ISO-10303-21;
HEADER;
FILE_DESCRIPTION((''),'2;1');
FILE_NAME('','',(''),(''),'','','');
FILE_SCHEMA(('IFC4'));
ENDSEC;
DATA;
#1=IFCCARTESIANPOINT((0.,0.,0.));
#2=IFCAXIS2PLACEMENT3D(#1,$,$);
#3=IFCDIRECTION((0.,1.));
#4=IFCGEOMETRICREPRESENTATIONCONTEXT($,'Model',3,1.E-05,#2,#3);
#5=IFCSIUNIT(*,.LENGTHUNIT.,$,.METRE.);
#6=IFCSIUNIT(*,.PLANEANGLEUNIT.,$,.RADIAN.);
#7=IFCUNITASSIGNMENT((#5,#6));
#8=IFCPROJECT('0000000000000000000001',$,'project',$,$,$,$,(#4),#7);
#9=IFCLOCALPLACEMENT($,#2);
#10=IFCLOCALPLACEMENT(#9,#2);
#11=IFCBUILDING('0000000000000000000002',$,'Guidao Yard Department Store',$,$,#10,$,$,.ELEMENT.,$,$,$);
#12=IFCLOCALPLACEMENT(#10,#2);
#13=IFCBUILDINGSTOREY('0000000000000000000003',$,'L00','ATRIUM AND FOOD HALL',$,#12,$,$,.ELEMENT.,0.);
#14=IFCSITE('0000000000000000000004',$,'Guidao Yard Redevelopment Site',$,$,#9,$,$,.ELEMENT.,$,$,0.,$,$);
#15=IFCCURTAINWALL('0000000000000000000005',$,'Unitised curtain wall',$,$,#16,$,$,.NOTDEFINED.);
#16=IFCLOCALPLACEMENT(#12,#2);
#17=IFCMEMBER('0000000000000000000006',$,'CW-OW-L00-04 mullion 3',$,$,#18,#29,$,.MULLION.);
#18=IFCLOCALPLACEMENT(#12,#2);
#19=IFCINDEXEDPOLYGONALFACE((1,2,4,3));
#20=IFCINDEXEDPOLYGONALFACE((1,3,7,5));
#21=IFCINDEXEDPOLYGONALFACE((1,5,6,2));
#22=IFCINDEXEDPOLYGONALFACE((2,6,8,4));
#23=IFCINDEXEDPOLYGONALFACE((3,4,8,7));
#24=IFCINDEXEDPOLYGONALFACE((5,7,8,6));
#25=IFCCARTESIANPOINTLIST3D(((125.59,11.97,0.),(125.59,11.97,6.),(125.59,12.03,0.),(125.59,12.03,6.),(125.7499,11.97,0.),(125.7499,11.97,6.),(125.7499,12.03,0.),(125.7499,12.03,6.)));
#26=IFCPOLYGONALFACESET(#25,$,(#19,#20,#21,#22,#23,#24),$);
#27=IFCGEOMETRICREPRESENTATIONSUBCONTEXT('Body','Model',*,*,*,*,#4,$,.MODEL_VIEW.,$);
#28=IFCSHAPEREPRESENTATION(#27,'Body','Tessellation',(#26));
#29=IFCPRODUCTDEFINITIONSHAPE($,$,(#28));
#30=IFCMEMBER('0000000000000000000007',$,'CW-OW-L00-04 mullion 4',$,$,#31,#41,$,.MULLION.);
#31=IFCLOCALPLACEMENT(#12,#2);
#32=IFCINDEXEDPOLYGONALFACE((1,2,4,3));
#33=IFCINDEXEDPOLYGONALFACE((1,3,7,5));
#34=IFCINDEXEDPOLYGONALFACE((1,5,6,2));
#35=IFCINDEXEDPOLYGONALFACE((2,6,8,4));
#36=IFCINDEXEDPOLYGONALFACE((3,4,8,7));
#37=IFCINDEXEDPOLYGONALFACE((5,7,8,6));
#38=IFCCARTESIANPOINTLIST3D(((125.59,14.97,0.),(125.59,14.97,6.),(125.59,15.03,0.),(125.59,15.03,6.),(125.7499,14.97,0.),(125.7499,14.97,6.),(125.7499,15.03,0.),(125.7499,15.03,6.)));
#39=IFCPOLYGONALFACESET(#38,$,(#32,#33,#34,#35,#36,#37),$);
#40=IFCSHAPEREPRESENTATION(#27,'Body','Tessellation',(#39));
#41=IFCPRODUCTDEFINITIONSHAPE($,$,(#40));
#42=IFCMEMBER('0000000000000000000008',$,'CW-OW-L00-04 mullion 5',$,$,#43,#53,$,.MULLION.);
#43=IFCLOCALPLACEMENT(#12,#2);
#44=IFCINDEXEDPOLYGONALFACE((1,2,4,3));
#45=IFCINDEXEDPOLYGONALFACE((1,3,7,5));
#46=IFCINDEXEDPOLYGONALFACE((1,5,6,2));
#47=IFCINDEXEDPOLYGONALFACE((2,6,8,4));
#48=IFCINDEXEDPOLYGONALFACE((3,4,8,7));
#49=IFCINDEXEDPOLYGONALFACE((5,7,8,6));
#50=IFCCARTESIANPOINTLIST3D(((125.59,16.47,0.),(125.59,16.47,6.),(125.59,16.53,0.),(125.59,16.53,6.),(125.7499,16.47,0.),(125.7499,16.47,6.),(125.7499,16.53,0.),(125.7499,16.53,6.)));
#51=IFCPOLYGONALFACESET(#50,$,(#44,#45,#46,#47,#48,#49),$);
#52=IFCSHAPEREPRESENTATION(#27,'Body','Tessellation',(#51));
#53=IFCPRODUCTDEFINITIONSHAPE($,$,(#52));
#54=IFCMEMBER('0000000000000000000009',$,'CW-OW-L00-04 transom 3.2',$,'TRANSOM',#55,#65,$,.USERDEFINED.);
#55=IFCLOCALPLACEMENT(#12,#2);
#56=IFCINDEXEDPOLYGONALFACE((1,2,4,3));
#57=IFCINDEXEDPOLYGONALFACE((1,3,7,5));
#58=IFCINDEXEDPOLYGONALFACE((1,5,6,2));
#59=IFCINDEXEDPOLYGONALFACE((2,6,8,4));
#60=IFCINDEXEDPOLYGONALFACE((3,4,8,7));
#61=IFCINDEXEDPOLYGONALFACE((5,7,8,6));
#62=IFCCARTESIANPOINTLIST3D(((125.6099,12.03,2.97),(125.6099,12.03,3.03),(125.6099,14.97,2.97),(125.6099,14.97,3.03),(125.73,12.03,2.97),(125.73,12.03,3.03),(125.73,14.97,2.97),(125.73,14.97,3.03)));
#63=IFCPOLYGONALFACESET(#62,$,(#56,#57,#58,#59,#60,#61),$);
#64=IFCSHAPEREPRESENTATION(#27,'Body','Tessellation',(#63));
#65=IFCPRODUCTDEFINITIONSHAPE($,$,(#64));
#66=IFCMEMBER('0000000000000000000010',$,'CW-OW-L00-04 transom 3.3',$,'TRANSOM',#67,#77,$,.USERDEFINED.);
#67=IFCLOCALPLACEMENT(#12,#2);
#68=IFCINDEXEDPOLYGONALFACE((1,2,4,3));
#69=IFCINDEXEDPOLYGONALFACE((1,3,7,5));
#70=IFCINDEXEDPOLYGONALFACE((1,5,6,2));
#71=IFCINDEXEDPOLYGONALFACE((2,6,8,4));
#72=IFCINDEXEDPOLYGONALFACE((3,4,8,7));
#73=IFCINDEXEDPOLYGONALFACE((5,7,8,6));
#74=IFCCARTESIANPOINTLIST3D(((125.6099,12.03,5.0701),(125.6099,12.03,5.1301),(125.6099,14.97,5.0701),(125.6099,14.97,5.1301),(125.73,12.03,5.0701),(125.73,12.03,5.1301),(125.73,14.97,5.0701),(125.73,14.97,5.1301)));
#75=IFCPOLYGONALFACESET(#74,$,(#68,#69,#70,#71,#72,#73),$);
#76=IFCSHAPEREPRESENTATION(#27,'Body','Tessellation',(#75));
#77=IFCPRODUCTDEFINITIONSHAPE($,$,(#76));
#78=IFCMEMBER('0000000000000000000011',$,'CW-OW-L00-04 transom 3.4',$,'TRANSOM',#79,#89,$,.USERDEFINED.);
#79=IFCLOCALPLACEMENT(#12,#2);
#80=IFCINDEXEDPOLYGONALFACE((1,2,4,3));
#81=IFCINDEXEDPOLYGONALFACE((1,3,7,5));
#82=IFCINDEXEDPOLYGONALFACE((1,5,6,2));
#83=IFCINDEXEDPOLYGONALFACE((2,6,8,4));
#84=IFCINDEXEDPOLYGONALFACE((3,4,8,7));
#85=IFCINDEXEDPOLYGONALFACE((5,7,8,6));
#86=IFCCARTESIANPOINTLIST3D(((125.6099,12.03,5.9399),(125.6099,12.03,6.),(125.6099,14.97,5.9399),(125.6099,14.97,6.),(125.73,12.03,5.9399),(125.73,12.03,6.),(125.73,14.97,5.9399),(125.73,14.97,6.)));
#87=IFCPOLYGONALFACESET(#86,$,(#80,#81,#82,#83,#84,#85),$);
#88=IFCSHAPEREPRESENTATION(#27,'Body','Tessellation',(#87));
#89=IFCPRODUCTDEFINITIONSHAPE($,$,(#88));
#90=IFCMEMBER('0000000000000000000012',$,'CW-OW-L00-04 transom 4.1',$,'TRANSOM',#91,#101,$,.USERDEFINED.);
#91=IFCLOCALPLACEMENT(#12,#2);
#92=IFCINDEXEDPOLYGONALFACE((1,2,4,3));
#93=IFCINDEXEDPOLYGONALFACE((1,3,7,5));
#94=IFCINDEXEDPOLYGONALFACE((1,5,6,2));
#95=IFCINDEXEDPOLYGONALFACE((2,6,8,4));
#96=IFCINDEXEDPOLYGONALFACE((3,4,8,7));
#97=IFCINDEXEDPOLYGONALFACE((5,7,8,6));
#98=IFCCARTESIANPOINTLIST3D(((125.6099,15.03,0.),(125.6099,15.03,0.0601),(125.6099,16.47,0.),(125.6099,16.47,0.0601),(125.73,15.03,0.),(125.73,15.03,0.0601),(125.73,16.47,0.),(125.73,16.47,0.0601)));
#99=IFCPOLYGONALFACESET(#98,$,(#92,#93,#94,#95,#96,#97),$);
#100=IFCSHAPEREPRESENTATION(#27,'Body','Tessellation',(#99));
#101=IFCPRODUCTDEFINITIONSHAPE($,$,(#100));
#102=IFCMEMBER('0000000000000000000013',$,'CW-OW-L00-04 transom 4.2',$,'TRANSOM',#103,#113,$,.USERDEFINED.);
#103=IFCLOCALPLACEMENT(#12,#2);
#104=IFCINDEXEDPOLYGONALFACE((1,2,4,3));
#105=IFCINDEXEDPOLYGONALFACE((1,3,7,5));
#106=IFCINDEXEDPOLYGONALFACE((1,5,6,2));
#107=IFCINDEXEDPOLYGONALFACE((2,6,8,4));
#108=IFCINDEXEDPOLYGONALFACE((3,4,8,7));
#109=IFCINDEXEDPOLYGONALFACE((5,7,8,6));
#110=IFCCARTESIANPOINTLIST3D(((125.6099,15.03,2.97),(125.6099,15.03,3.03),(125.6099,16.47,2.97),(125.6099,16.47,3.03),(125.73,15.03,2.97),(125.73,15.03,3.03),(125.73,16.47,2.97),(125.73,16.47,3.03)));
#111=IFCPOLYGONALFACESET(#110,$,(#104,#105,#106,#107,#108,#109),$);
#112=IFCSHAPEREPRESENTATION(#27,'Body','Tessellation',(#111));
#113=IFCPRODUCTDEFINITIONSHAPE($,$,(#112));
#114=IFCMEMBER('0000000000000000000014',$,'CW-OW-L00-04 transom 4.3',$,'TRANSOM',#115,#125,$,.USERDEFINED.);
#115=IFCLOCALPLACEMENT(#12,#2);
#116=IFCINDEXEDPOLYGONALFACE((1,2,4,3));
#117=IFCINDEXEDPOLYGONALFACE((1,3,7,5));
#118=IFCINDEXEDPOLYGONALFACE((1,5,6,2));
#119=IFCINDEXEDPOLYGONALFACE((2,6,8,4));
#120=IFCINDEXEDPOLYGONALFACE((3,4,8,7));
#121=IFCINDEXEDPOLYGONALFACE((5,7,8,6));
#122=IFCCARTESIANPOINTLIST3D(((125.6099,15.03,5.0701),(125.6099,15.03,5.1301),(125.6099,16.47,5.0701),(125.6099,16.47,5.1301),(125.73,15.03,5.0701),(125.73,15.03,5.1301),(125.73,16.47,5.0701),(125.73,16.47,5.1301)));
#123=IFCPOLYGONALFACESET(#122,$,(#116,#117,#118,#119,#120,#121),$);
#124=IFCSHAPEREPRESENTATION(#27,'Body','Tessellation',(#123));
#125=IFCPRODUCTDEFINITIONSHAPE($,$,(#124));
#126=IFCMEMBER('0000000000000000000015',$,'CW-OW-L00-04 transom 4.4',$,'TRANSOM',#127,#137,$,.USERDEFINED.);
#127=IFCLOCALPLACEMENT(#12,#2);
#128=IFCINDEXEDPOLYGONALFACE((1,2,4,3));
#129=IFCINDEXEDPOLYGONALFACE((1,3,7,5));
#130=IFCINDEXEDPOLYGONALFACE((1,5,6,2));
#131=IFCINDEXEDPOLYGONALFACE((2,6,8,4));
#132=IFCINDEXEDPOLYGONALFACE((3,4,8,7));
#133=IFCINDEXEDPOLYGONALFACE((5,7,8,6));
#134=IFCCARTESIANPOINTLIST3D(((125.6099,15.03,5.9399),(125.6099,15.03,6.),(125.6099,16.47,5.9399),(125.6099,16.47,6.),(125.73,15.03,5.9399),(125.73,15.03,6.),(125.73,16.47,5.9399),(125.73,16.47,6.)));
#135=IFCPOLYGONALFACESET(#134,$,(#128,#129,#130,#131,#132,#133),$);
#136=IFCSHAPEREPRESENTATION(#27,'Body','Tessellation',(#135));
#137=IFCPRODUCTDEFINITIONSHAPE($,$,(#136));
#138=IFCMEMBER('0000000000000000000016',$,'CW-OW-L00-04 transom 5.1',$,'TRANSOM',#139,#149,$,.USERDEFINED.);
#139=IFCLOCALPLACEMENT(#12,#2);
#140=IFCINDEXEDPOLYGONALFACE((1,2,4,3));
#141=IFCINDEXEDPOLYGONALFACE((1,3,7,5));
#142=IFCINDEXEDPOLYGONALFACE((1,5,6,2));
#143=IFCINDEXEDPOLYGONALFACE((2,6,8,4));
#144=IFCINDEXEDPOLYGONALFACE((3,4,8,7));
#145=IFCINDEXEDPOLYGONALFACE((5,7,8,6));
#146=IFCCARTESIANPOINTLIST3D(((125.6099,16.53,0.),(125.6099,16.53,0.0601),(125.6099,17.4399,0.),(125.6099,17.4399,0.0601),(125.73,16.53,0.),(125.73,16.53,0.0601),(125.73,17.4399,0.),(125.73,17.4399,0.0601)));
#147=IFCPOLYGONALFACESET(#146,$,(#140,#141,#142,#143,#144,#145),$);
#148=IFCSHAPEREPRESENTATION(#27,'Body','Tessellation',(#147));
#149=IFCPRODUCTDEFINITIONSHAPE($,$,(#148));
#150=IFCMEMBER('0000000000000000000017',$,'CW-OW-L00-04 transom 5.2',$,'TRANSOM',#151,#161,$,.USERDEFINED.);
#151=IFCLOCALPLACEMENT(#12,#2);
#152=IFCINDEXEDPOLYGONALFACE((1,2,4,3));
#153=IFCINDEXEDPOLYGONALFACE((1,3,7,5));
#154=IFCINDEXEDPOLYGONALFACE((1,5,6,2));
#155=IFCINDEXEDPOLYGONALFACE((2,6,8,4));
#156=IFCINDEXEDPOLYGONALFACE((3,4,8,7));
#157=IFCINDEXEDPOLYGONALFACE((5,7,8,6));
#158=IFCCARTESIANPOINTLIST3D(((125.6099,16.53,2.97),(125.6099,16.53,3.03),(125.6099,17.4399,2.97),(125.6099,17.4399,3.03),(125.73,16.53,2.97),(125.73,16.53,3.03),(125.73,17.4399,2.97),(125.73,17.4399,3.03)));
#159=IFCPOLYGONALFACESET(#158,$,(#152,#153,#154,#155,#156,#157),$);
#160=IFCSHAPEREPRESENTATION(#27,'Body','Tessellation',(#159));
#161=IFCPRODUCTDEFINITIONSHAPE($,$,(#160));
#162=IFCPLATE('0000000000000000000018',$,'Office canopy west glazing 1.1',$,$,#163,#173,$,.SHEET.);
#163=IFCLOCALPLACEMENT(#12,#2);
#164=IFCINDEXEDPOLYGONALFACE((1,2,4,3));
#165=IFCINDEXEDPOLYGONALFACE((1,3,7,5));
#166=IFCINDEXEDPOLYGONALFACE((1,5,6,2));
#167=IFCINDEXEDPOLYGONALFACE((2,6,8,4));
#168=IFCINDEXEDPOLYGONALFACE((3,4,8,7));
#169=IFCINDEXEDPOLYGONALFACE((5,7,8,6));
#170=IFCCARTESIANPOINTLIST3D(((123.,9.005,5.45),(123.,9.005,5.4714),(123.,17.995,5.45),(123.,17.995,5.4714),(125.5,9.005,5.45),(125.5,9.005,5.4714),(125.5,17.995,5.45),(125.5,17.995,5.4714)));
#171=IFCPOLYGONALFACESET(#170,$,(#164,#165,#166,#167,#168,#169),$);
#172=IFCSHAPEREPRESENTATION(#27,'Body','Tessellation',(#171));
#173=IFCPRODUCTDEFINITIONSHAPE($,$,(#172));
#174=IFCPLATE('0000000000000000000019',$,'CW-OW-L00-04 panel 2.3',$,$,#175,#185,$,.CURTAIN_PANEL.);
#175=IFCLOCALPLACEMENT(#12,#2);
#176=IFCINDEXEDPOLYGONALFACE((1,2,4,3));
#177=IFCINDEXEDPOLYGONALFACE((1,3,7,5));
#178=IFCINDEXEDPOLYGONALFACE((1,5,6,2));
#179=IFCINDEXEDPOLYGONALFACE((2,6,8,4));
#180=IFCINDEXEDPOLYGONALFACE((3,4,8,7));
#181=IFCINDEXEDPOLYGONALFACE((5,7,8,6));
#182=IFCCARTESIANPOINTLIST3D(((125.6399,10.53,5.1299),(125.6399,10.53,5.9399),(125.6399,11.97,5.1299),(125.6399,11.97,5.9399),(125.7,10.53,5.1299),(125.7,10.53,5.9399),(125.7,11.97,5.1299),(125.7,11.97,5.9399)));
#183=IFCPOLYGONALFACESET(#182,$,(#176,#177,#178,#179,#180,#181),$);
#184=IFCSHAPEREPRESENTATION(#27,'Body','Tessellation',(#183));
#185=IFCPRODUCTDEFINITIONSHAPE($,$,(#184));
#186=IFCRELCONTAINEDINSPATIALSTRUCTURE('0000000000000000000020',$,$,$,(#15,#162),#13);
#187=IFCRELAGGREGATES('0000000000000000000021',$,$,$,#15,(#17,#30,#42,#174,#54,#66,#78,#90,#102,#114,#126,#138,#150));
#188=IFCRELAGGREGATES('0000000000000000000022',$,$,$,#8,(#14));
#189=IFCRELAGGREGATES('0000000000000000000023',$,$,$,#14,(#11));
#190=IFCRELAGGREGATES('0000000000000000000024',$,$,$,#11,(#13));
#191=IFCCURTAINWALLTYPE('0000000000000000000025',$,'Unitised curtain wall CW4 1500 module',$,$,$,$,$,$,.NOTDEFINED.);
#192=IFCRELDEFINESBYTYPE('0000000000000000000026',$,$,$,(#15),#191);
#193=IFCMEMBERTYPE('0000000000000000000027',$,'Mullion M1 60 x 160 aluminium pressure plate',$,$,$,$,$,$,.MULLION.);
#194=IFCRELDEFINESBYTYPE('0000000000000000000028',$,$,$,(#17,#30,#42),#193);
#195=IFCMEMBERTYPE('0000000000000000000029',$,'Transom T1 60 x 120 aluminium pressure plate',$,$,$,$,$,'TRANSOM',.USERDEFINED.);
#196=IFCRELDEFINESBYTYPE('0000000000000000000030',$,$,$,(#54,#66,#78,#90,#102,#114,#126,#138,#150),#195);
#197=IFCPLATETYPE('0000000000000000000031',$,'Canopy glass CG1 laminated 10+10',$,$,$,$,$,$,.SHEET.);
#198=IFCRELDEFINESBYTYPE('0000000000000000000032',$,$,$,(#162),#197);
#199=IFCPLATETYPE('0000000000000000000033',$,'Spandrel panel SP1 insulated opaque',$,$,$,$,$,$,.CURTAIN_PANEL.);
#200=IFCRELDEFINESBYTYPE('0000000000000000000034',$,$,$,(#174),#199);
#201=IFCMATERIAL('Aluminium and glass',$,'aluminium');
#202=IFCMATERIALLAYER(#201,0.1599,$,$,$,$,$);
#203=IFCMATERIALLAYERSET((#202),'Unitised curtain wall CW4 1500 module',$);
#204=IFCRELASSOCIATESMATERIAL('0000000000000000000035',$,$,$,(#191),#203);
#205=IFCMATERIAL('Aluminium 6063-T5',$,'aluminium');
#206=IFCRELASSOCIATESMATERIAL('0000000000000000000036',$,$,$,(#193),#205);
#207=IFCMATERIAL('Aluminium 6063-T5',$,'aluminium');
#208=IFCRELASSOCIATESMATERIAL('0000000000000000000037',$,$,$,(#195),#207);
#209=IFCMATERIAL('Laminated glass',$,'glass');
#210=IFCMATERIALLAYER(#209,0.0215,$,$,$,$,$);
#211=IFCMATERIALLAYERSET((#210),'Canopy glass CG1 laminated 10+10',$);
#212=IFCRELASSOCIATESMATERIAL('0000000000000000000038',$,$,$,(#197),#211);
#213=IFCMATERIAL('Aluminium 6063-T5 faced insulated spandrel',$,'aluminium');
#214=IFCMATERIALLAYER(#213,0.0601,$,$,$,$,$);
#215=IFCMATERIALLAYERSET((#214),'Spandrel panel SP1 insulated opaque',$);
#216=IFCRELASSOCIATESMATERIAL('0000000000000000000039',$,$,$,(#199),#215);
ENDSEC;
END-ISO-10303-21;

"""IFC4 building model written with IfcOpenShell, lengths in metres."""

from ifc_helpers import new_model, si_unit, direction, frame, origin, origin_2d, place, context, subcontext, project, spatial, rectangle, extrude, material, layer, layer_set, material_profile, profile_set, type_object, element, aggregate, save


model = new_model("IFC4")

# Units and contexts
model_context = context("Model", 3, precision=1e-05, world=origin(), true_north=direction((0.0, 1.0)))
body_context = subcontext(model_context, "Body", "Model", "MODEL_VIEW")
ifc_project = project(units=[si_unit("LENGTHUNIT", "METRE"), si_unit("PLANEANGLEUNIT", "RADIAN")], contexts=[model_context])

# Site, building, storey
site_placement = place(None, origin())
site = spatial("IfcSite", under=ifc_project, at=site_placement, Name="Guidao Yard Redevelopment Site", CompositionType="ELEMENT", RefElevation=0.0)
building_placement = place(site_placement, origin())
building = spatial("IfcBuilding", under=site, at=building_placement, Name="Guidao Yard Department Store", CompositionType="ELEMENT")
storey_placement = place(building_placement, origin())
storey = spatial("IfcBuildingStorey", under=building, at=storey_placement, Name="L00", Description="ATRIUM AND FOOD HALL", CompositionType="ELEMENT", Elevation=0.0)

# Curtain wall, members
ifc_material_1 = material(Name="Aluminium and glass", Category="aluminium")
ifc_layer_1 = layer(ifc_material_1, 0.1599)
ifc_layer_set_1 = layer_set([ifc_layer_1], Name="Unitised curtain wall CW4 1500 module")
curtain_wall_type = type_object("IfcCurtainWallType", Name="Unitised curtain wall CW4 1500 module", PredefinedType="NOTDEFINED", material=ifc_layer_set_1)
curtain_wall_placement = place(storey_placement, origin())
curtain_wall = element("IfcCurtainWall", 1, at=curtain_wall_placement, inside=storey, type_object=curtain_wall_type, Name="Unitised curtain wall", PredefinedType="NOTDEFINED")
ifc_material_2 = material(Name="Aluminium 6063-T5", Category="aluminium")
ifc_material_profile_1 = material_profile(ifc_material_2, rectangle(XDim=0.0601, YDim=0.1599, at=origin_2d()), Name="Mullion M1 60 x 160 aluminium pressure plate")
ifc_profile_set_1 = profile_set([ifc_material_profile_1], Name="Aluminium 6063-T5")
member_type_1 = type_object("IfcMemberType", Name="Mullion M1 60 x 160 aluminium pressure plate", PredefinedType="MULLION", material=ifc_profile_set_1)
member_1_placement = place(storey_placement, frame((125.6699, 12.0, 0.0), z_axis=(0.0, 0.0, 1.0), x_axis=(0.0, 1.0, 0.0)))
member_1 = element("IfcMember", 2, at=member_1_placement, type_object=member_type_1, Name="CW-OW-L00-04 mullion 3", PredefinedType="MULLION", context=body_context, shape_type="SweptSolid", body=[
    extrude(rectangle(XDim=0.0601, YDim=0.1599, at=origin_2d()), origin(), (0.0, 0.0, 1.0), 6.0),
])
member_2_placement = place(storey_placement, frame((125.6699, 15.0, 0.0), z_axis=(0.0, 0.0, 1.0), x_axis=(0.0, 1.0, 0.0)))
member_2 = element("IfcMember", 3, at=member_2_placement, type_object=member_type_1, Name="CW-OW-L00-04 mullion 4", PredefinedType="MULLION", context=body_context, shape_type="SweptSolid", body=[
    extrude(rectangle(XDim=0.0601, YDim=0.1599, at=origin_2d()), origin(), (0.0, 0.0, 1.0), 6.0),
])
member_3_placement = place(storey_placement, frame((125.6699, 16.5, 0.0), z_axis=(0.0, 0.0, 1.0), x_axis=(0.0, 1.0, 0.0)))
member_3 = element("IfcMember", 4, at=member_3_placement, type_object=member_type_1, Name="CW-OW-L00-04 mullion 5", PredefinedType="MULLION", context=body_context, shape_type="SweptSolid", body=[
    extrude(rectangle(XDim=0.0601, YDim=0.1599, at=origin_2d()), origin(), (0.0, 0.0, 1.0), 6.0),
])
ifc_material_3 = material(Name="Aluminium 6063-T5", Category="aluminium")
ifc_material_profile_2 = material_profile(ifc_material_3, rectangle(XDim=0.1201, YDim=0.0601, at=origin_2d()), Name="Transom T1 60 x 120 aluminium pressure plate")
ifc_profile_set_2 = profile_set([ifc_material_profile_2], Name="Aluminium 6063-T5")
member_type_2 = type_object("IfcMemberType", Name="Transom T1 60 x 120 aluminium pressure plate", ElementType="TRANSOM", PredefinedType="USERDEFINED", material=ifc_profile_set_2)
member_4_placement = place(storey_placement, frame((125.6699, 12.03, 3.0), z_axis=(0.0, 1.0, 0.0), x_axis=(-1.0, 0.0, 0.0)))
member_4 = element("IfcMember", 5, at=member_4_placement, type_object=member_type_2, Name="CW-OW-L00-04 transom 3.2", ObjectType="TRANSOM", PredefinedType="USERDEFINED", context=body_context, shape_type="SweptSolid", body=[
    extrude(rectangle(XDim=0.1201, YDim=0.0601, at=origin_2d()), origin(), (0.0, 0.0, 1.0), 2.9399),
])
member_5_placement = place(storey_placement, frame((125.6699, 12.03, 5.1001), z_axis=(0.0, 1.0, 0.0), x_axis=(-1.0, 0.0, 0.0)))
member_5 = element("IfcMember", 6, at=member_5_placement, type_object=member_type_2, Name="CW-OW-L00-04 transom 3.3", ObjectType="TRANSOM", PredefinedType="USERDEFINED", context=body_context, shape_type="SweptSolid", body=[
    extrude(rectangle(XDim=0.1201, YDim=0.0601, at=origin_2d()), origin(), (0.0, 0.0, 1.0), 2.9399),
])
member_6_placement = place(storey_placement, frame((125.6699, 12.03, 5.97), z_axis=(0.0, 1.0, 0.0), x_axis=(-1.0, 0.0, 0.0)))
member_6 = element("IfcMember", 7, at=member_6_placement, type_object=member_type_2, Name="CW-OW-L00-04 transom 3.4", ObjectType="TRANSOM", PredefinedType="USERDEFINED", context=body_context, shape_type="SweptSolid", body=[
    extrude(rectangle(XDim=0.1201, YDim=0.0601, at=origin_2d()), origin(), (0.0, 0.0, 1.0), 2.9399),
])
member_7_placement = place(storey_placement, frame((125.6699, 15.03, 0.03), z_axis=(0.0, 1.0, 0.0), x_axis=(-1.0, 0.0, 0.0)))
member_7 = element("IfcMember", 8, at=member_7_placement, type_object=member_type_2, Name="CW-OW-L00-04 transom 4.1", ObjectType="TRANSOM", PredefinedType="USERDEFINED", context=body_context, shape_type="SweptSolid", body=[
    extrude(rectangle(XDim=0.1201, YDim=0.0601, at=origin_2d()), origin(), (0.0, 0.0, 1.0), 1.4399),
])
member_8_placement = place(storey_placement, frame((125.6699, 15.03, 3.0), z_axis=(0.0, 1.0, 0.0), x_axis=(-1.0, 0.0, 0.0)))
member_8 = element("IfcMember", 9, at=member_8_placement, type_object=member_type_2, Name="CW-OW-L00-04 transom 4.2", ObjectType="TRANSOM", PredefinedType="USERDEFINED", context=body_context, shape_type="SweptSolid", body=[
    extrude(rectangle(XDim=0.1201, YDim=0.0601, at=origin_2d()), origin(), (0.0, 0.0, 1.0), 1.4399),
])
member_9_placement = place(storey_placement, frame((125.6699, 15.03, 5.1001), z_axis=(0.0, 1.0, 0.0), x_axis=(-1.0, 0.0, 0.0)))
member_9 = element("IfcMember", 10, at=member_9_placement, type_object=member_type_2, Name="CW-OW-L00-04 transom 4.3", ObjectType="TRANSOM", PredefinedType="USERDEFINED", context=body_context, shape_type="SweptSolid", body=[
    extrude(rectangle(XDim=0.1201, YDim=0.0601, at=origin_2d()), origin(), (0.0, 0.0, 1.0), 1.4399),
])
member_10_placement = place(storey_placement, frame((125.6699, 15.03, 5.97), z_axis=(0.0, 1.0, 0.0), x_axis=(-1.0, 0.0, 0.0)))
member_10 = element("IfcMember", 11, at=member_10_placement, type_object=member_type_2, Name="CW-OW-L00-04 transom 4.4", ObjectType="TRANSOM", PredefinedType="USERDEFINED", context=body_context, shape_type="SweptSolid", body=[
    extrude(rectangle(XDim=0.1201, YDim=0.0601, at=origin_2d()), origin(), (0.0, 0.0, 1.0), 1.4399),
])
member_11_placement = place(storey_placement, frame((125.6699, 16.53, 0.03), z_axis=(0.0, 1.0, 0.0), x_axis=(-1.0, 0.0, 0.0)))
member_11 = element("IfcMember", 12, at=member_11_placement, type_object=member_type_2, Name="CW-OW-L00-04 transom 5.1", ObjectType="TRANSOM", PredefinedType="USERDEFINED", context=body_context, shape_type="SweptSolid", body=[
    extrude(rectangle(XDim=0.1201, YDim=0.0601, at=origin_2d()), origin(), (0.0, 0.0, 1.0), 0.9099),
])
member_12_placement = place(storey_placement, frame((125.6699, 16.53, 3.0), z_axis=(0.0, 1.0, 0.0), x_axis=(-1.0, 0.0, 0.0)))
member_12 = element("IfcMember", 13, at=member_12_placement, type_object=member_type_2, Name="CW-OW-L00-04 transom 5.2", ObjectType="TRANSOM", PredefinedType="USERDEFINED", context=body_context, shape_type="SweptSolid", body=[
    extrude(rectangle(XDim=0.1201, YDim=0.0601, at=origin_2d()), origin(), (0.0, 0.0, 1.0), 0.9099),
])

# Plates
ifc_material_4 = material(Name="Laminated glass", Category="glass")
ifc_layer_2 = layer(ifc_material_4, 0.0215)
ifc_layer_set_2 = layer_set([ifc_layer_2], Name="Canopy glass CG1 laminated 10+10")
plate_type_1 = type_object("IfcPlateType", Name="Canopy glass CG1 laminated 10+10", PredefinedType="SHEET", material=ifc_layer_set_2)
plate_1_placement = place(storey_placement, frame((124.25, 13.5, 5.45), z_axis=(0.0, 0.0, 1.0), x_axis=(1.0, 0.0, 0.0)))
element("IfcPlate", 14, at=plate_1_placement, inside=storey, type_object=plate_type_1, Name="Office canopy west glazing 1.1", PredefinedType="SHEET", context=body_context, shape_type="SweptSolid", body=[
    extrude(rectangle(XDim=2.5, YDim=8.99, at=origin_2d()), origin(), (0.0, 0.0, 1.0), 0.0215),
])
ifc_material_5 = material(Name="Aluminium 6063-T5 faced insulated spandrel", Category="aluminium")
ifc_layer_3 = layer(ifc_material_5, 0.0601)
ifc_layer_set_3 = layer_set([ifc_layer_3], Name="Spandrel panel SP1 insulated opaque")
plate_type_2 = type_object("IfcPlateType", Name="Spandrel panel SP1 insulated opaque", PredefinedType="CURTAIN_PANEL", material=ifc_layer_set_3)
plate_2_placement = place(storey_placement, frame((125.6699, 11.25, 5.1299), z_axis=(0.0, 0.0, 1.0), x_axis=(0.0, 1.0, 0.0)))
plate_2 = element("IfcPlate", 15, at=plate_2_placement, type_object=plate_type_2, Name="CW-OW-L00-04 panel 2.3", PredefinedType="CURTAIN_PANEL", context=body_context, shape_type="SweptSolid", body=[
    extrude(rectangle(XDim=1.4399, YDim=0.0601, at=origin_2d()), origin(), (0.0, 0.0, 1.0), 0.8101),
])
aggregate(curtain_wall, [member_1, member_2, member_3, plate_2, member_4, member_5, member_6, member_7, member_8, member_9, member_10, member_11, member_12])

save(model, "model.ifc")
